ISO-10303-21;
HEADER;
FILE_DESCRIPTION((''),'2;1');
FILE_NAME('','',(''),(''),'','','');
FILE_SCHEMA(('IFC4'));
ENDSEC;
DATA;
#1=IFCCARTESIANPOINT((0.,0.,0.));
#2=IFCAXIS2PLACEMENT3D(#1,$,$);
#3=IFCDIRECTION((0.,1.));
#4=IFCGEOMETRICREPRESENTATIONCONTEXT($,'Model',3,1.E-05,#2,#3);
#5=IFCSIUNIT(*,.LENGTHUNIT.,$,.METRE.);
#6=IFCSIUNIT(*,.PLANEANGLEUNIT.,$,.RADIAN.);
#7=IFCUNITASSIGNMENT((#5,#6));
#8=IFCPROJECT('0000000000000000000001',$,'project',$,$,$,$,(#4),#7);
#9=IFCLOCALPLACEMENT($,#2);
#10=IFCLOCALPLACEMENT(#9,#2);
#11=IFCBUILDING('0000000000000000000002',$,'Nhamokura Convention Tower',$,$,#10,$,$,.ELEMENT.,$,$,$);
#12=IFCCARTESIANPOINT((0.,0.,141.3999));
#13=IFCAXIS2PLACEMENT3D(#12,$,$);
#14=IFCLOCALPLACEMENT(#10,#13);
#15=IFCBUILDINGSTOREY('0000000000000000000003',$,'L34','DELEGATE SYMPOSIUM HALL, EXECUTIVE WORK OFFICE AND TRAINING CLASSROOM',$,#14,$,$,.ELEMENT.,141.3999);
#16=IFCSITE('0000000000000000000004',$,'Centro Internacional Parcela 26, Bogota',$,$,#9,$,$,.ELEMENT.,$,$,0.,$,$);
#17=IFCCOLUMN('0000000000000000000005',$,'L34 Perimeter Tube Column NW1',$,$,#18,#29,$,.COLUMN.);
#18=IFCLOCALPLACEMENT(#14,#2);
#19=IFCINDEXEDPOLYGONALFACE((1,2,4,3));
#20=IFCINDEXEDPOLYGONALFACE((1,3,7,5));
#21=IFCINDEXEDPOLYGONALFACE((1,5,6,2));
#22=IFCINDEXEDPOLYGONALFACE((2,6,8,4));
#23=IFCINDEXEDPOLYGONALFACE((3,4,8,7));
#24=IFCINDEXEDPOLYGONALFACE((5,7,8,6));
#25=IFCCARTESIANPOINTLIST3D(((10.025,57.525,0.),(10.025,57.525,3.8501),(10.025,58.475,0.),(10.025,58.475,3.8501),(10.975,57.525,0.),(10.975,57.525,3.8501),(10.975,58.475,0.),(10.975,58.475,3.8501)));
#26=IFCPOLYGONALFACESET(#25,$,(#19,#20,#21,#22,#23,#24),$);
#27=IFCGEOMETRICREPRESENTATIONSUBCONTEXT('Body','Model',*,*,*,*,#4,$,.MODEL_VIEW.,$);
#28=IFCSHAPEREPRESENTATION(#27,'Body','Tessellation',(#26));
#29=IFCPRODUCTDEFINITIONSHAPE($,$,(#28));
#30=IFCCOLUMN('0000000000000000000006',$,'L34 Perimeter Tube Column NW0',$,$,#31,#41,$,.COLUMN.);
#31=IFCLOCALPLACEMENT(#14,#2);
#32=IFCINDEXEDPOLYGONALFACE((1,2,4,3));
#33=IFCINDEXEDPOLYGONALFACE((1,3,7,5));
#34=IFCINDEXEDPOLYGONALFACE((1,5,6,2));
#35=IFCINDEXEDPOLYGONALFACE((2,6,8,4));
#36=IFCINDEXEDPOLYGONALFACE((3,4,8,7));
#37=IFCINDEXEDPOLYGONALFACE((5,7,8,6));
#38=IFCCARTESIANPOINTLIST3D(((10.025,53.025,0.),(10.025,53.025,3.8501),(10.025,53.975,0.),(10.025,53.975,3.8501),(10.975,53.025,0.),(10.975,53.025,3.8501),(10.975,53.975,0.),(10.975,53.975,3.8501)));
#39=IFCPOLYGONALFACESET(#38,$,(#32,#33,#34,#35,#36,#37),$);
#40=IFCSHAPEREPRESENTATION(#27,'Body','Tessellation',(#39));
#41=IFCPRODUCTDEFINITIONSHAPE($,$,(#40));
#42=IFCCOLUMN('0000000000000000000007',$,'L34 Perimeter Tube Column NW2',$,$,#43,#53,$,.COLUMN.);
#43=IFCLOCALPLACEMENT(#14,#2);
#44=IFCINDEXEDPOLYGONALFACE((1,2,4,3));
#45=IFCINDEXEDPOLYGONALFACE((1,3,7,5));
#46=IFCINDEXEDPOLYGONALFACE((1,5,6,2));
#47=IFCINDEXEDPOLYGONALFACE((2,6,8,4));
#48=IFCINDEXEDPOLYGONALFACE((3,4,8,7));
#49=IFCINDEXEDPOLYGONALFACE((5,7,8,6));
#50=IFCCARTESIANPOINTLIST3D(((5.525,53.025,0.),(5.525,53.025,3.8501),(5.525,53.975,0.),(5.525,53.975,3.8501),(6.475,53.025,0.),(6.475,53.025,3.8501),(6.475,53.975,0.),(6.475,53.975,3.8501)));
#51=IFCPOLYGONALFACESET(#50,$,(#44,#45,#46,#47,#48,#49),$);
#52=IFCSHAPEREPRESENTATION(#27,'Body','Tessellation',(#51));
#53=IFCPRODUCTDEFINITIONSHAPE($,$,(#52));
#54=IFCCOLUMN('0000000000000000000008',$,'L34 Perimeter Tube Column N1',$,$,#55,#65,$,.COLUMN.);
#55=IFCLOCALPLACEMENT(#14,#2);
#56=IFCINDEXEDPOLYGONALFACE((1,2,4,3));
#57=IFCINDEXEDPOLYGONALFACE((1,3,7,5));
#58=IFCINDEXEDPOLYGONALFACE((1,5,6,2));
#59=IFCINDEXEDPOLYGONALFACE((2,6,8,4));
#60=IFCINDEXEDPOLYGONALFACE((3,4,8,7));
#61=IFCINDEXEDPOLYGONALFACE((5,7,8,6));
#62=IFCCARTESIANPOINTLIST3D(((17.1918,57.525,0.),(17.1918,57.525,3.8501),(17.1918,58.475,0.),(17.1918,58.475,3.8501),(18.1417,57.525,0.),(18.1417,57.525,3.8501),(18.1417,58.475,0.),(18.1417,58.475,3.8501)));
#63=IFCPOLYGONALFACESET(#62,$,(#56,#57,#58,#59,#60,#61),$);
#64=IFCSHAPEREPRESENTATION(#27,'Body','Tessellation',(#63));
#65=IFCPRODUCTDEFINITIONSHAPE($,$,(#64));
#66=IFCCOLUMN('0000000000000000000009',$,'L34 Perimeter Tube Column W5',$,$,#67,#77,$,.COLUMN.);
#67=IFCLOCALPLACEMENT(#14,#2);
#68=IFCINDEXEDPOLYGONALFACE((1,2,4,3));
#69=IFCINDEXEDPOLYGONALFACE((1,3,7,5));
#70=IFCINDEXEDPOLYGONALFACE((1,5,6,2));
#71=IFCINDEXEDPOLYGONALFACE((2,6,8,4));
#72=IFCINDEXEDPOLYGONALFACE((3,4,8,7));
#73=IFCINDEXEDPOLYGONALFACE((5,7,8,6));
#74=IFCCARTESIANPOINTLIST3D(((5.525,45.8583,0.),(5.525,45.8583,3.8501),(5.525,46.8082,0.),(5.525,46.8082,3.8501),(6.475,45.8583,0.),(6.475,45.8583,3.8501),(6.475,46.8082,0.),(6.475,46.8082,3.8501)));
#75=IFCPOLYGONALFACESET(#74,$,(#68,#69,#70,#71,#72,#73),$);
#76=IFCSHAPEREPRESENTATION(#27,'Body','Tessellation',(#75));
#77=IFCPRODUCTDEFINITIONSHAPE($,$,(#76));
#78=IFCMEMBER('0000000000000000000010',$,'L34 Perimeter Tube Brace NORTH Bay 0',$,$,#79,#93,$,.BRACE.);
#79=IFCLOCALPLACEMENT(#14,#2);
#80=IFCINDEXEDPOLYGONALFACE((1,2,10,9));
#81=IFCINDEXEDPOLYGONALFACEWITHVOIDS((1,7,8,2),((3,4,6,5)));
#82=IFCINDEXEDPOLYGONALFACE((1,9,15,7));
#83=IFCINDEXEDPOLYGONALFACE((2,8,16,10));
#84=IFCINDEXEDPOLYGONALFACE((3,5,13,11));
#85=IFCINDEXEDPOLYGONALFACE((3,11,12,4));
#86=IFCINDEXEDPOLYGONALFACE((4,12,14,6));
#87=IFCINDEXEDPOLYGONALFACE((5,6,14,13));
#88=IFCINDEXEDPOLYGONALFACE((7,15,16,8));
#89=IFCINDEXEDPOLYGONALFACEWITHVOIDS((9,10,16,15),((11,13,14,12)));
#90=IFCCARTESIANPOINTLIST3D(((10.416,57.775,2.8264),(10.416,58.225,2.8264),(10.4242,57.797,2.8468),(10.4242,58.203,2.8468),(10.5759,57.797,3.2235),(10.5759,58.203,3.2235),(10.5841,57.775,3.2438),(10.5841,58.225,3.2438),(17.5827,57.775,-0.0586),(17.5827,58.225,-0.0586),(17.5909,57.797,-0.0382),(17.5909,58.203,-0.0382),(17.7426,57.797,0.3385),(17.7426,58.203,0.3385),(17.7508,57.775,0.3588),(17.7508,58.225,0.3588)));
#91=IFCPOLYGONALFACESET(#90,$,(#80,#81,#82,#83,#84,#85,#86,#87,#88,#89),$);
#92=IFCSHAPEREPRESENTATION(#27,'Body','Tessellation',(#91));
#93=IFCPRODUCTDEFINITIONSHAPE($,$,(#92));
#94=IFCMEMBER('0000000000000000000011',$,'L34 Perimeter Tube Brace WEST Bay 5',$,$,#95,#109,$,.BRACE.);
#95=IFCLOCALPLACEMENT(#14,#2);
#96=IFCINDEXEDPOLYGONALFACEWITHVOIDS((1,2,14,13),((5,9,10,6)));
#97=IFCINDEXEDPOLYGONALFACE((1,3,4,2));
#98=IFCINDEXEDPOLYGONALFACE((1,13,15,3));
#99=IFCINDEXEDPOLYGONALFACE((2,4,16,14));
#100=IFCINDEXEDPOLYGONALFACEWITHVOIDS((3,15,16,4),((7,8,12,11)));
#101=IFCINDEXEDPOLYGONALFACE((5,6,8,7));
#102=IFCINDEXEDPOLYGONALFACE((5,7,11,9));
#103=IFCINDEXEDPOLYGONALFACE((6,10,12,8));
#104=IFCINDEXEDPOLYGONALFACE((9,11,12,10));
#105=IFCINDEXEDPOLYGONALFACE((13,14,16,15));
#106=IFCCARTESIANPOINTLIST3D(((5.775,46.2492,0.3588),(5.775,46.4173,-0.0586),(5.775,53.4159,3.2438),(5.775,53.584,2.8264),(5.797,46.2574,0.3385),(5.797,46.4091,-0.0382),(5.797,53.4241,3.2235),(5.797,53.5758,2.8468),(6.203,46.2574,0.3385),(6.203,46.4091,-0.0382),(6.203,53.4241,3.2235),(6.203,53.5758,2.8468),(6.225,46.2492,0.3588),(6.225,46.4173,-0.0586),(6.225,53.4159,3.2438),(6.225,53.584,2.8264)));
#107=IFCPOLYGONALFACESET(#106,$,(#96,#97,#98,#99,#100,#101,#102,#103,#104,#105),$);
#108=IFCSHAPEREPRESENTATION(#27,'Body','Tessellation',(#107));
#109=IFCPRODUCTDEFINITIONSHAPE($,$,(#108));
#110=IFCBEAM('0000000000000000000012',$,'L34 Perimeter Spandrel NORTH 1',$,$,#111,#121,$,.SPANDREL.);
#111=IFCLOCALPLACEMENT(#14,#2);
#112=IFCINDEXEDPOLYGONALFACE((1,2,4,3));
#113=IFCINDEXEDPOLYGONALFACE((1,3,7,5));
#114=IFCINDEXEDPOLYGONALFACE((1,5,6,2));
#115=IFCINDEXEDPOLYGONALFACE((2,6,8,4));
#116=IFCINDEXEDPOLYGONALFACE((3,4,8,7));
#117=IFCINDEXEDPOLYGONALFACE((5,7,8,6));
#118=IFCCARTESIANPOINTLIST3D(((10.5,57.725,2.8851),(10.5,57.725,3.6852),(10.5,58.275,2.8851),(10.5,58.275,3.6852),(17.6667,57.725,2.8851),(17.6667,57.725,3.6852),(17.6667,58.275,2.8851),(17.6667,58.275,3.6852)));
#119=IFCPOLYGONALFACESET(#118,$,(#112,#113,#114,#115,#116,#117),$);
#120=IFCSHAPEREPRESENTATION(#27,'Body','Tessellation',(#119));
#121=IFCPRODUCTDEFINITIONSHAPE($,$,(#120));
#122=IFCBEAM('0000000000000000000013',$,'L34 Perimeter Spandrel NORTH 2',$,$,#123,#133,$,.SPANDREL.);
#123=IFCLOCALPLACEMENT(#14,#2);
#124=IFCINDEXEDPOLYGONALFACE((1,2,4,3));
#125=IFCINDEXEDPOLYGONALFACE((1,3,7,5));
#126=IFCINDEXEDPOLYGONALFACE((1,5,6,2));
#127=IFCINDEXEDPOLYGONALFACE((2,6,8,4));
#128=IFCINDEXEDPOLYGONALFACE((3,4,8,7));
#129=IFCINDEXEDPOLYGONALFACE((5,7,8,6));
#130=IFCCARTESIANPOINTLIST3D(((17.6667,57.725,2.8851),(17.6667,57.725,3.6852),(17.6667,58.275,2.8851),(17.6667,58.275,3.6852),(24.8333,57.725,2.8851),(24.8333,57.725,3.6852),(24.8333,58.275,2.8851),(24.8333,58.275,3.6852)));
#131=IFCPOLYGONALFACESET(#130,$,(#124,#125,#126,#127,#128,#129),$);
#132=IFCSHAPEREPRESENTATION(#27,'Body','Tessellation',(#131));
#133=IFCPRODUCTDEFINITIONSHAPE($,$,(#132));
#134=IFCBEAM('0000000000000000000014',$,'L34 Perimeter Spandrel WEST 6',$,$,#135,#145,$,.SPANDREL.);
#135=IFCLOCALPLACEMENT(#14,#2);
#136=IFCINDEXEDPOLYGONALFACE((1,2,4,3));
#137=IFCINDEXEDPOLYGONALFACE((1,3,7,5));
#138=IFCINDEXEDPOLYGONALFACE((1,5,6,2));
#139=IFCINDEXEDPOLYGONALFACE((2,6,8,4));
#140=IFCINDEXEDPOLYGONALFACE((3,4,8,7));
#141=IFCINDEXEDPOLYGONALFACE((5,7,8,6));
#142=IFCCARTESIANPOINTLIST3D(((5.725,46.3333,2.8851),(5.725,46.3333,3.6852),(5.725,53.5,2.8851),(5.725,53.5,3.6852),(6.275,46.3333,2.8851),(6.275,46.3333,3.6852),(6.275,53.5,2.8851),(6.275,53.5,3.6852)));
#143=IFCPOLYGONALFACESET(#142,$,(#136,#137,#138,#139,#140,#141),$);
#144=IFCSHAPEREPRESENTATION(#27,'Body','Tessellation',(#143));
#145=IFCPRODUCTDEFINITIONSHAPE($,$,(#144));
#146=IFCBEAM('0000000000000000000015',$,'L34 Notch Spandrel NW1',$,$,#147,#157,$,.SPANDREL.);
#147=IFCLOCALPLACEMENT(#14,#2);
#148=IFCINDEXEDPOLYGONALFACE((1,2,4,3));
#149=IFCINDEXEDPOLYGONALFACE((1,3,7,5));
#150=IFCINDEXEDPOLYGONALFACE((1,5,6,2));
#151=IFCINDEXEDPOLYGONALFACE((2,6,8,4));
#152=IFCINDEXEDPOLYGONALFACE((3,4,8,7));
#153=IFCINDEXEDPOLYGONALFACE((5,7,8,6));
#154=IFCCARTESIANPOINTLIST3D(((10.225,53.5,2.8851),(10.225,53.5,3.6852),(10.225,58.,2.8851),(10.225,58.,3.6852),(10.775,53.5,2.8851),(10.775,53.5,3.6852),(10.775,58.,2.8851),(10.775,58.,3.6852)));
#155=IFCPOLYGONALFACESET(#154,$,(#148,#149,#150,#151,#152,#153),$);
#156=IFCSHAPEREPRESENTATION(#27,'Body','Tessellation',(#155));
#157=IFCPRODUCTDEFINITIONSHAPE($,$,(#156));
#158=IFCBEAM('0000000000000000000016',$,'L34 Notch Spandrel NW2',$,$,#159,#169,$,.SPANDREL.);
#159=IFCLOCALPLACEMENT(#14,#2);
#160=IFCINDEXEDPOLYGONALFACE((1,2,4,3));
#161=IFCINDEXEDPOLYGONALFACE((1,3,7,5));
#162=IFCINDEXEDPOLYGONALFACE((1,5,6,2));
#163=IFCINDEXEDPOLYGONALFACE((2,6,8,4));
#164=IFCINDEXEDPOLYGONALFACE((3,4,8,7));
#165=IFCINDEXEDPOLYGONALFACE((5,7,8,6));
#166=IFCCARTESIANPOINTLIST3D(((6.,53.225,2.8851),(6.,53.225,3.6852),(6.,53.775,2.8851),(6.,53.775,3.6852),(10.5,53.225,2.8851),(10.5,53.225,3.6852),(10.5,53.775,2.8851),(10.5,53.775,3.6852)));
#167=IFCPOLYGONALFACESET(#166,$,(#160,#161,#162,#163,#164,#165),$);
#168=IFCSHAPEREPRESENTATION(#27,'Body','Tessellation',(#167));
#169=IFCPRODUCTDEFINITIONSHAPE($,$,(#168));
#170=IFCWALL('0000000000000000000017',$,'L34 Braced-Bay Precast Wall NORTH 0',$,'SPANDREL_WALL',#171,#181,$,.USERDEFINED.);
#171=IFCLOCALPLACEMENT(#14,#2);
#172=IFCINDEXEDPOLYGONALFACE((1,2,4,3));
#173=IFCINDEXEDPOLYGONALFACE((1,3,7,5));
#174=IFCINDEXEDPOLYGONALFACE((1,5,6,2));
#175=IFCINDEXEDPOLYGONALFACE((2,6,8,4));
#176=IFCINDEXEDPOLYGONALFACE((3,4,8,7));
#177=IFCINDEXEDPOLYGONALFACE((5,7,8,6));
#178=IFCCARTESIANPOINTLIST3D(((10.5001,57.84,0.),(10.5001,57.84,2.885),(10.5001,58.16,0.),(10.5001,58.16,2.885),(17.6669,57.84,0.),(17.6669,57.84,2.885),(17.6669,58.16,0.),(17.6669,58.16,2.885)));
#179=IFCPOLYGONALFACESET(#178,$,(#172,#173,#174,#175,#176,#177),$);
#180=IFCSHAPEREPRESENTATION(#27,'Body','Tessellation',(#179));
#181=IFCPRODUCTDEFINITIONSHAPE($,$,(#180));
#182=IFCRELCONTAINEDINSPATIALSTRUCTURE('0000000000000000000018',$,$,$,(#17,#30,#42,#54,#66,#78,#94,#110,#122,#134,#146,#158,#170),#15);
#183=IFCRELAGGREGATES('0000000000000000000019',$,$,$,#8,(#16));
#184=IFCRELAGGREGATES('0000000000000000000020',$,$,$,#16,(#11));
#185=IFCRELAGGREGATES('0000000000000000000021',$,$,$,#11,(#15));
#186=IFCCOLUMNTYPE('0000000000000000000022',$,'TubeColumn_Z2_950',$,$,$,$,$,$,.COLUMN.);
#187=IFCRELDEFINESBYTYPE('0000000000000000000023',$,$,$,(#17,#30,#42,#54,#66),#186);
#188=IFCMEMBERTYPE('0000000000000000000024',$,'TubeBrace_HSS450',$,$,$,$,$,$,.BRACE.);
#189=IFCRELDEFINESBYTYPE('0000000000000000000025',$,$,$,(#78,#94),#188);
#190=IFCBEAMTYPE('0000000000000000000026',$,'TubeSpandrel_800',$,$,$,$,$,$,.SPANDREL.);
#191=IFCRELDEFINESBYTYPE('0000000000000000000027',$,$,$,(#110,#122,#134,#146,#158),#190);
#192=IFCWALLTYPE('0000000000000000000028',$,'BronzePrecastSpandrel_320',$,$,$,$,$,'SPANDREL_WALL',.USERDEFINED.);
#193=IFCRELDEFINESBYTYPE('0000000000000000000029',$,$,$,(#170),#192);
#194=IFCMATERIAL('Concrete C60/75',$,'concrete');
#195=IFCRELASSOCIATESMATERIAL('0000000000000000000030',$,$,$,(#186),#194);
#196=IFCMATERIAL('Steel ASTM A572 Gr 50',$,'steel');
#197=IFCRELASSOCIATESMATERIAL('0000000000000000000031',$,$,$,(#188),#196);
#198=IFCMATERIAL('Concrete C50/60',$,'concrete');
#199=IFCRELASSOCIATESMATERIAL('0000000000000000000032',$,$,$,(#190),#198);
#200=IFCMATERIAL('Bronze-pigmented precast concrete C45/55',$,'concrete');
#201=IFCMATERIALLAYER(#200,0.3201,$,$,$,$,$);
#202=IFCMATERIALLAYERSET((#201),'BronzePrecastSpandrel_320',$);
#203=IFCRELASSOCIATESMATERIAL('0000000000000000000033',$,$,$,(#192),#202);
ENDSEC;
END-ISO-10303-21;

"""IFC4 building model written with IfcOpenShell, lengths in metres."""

from ifc_helpers import new_model, si_unit, direction, frame, frame_2d, origin, origin_2d, place, context, subcontext, project, spatial, rectangle, hollow_rectangle, extrude, material, layer, layer_set, material_profile, profile_set, type_object, element, save


model = new_model("IFC4")

# Units and contexts
model_context = context("Model", 3, precision=1e-05, world=origin(), true_north=direction((0.0, 1.0)))
body_context = subcontext(model_context, "Body", "Model", "MODEL_VIEW")
ifc_project = project(units=[si_unit("LENGTHUNIT", "METRE"), si_unit("PLANEANGLEUNIT", "RADIAN")], contexts=[model_context])

# Site, building, storey
site_placement = place(None, origin())
site = spatial("IfcSite", under=ifc_project, at=site_placement, Name="Centro Internacional Parcela 26, Bogota", CompositionType="ELEMENT", RefElevation=0.0)
building_placement = place(site_placement, origin())
building = spatial("IfcBuilding", under=site, at=building_placement, Name="Nhamokura Convention Tower", CompositionType="ELEMENT")
storey_placement = place(building_placement, frame((0.0, 0.0, 141.3999)))
storey = spatial("IfcBuildingStorey", under=building, at=storey_placement, Name="L34", Description="DELEGATE SYMPOSIUM HALL, EXECUTIVE WORK OFFICE AND TRAINING CLASSROOM", CompositionType="ELEMENT", Elevation=141.3999)

# Columns
ifc_material_1 = material(Name="Concrete C60/75", Category="concrete")
ifc_material_profile_1 = material_profile(ifc_material_1, rectangle(XDim=0.95, YDim=0.95, at=origin_2d()))
ifc_profile_set_1 = profile_set([ifc_material_profile_1], Name="Concrete C60/75")
column_type = type_object("IfcColumnType", Name="TubeColumn_Z2_950", PredefinedType="COLUMN", material=ifc_profile_set_1)
for number, where, z_axis, x_axis, name in (
    (1, (10.5, 58.0, 0.0), (0.0, 0.0, 1.0), (1.0, 0.0, 0.0), "L34 Perimeter Tube Column NW1"),
    (2, (10.5, 53.5, 0.0), (0.0, 0.0, 1.0), (1.0, 0.0, 0.0), "L34 Perimeter Tube Column NW0"),
    (3, (6.0, 53.5, 0.0), (0.0, 0.0, 1.0), (1.0, 0.0, 0.0), "L34 Perimeter Tube Column NW2"),
    (4, (17.6667, 58.0, 0.0), (0.0, 0.0, 1.0), (1.0, 0.0, 0.0), "L34 Perimeter Tube Column N1"),
    (5, (6.0, 46.3333, 0.0), (0.0, 0.0, 1.0), (1.0, 0.0, 0.0), "L34 Perimeter Tube Column W5"),
):
    element("IfcColumn", number, at=place(storey_placement, frame(where, z_axis=z_axis, x_axis=x_axis)), inside=storey, type_object=column_type, Name=name, PredefinedType="COLUMN", context=body_context, shape_type="SweptSolid", body=[
        extrude(rectangle(XDim=0.95, YDim=0.95, at=origin_2d()), origin(), (0.0, 0.0, 1.0), 3.8501),
    ])

# Members
ifc_material_2 = material(Name="Steel ASTM A572 Gr 50", Category="steel")
ifc_material_profile_2 = material_profile(ifc_material_2, hollow_rectangle(XDim=0.45, YDim=0.45, WallThickness=0.022, at=origin_2d()))
ifc_profile_set_2 = profile_set([ifc_material_profile_2], Name="Steel ASTM A572 Gr 50")
member_type = type_object("IfcMemberType", Name="TubeBrace_HSS450", PredefinedType="BRACE", material=ifc_profile_set_2)
for number, where, z_axis, x_axis, name in (
    (6, (17.6667, 58.0, 0.1501), (-0.927657, 0.0, 0.373433), (0.0, -1.0, 0.0), "L34 Perimeter Tube Brace NORTH Bay 0"),
    (7, (6.0, 46.3333, 0.1501), (0.0, 0.927657, 0.373433), (-1.0, 0.0, 0.0), "L34 Perimeter Tube Brace WEST Bay 5"),
):
    element("IfcMember", number, at=place(storey_placement, frame(where, z_axis=z_axis, x_axis=x_axis)), inside=storey, type_object=member_type, Name=name, PredefinedType="BRACE", context=body_context, shape_type="SweptSolid", body=[
        extrude(hollow_rectangle(XDim=0.45, YDim=0.45, WallThickness=0.022, at=origin_2d()), origin(), (0.0, 0.0, 1.0), 7.7256),
    ])

# Beams
ifc_material_3 = material(Name="Concrete C50/60", Category="concrete")
ifc_material_profile_3 = material_profile(ifc_material_3, rectangle(XDim=0.55, YDim=0.8, at=origin_2d()))
ifc_profile_set_3 = profile_set([ifc_material_profile_3], Name="Concrete C50/60")
beam_type = type_object("IfcBeamType", Name="TubeSpandrel_800", PredefinedType="SPANDREL", material=ifc_profile_set_3)
beam_1_placement = place(storey_placement, frame((10.5, 58.0, 3.2852), z_axis=(1.0, 0.0, 0.0), x_axis=(0.0, 1.0, 0.0)))
element("IfcBeam", 8, at=beam_1_placement, inside=storey, type_object=beam_type, Name="L34 Perimeter Spandrel NORTH 1", PredefinedType="SPANDREL", context=body_context, shape_type="SweptSolid", body=[
    extrude(rectangle(XDim=0.55, YDim=0.8, at=origin_2d()), origin(), (0.0, 0.0, 1.0), 7.1667),
])
beam_2_placement = place(storey_placement, frame((17.6667, 58.0, 3.2852), z_axis=(1.0, 0.0, 0.0), x_axis=(0.0, 1.0, 0.0)))
element("IfcBeam", 9, at=beam_2_placement, inside=storey, type_object=beam_type, Name="L34 Perimeter Spandrel NORTH 2", PredefinedType="SPANDREL", context=body_context, shape_type="SweptSolid", body=[
    extrude(rectangle(XDim=0.55, YDim=0.8, at=origin_2d()), origin(), (0.0, 0.0, 1.0), 7.1665),
])
beam_3_placement = place(storey_placement, frame((6.0, 46.3333, 3.2852), z_axis=(0.0, 1.0, 0.0), x_axis=(-1.0, 0.0, 0.0)))
element("IfcBeam", 10, at=beam_3_placement, inside=storey, type_object=beam_type, Name="L34 Perimeter Spandrel WEST 6", PredefinedType="SPANDREL", context=body_context, shape_type="SweptSolid", body=[
    extrude(rectangle(XDim=0.55, YDim=0.8, at=origin_2d()), origin(), (0.0, 0.0, 1.0), 7.1667),
])
for number, where, z_axis, x_axis, name in (
    (11, (10.5, 58.0, 3.2852), (0.0, -1.0, 0.0), (1.0, 0.0, 0.0), "L34 Notch Spandrel NW1"),
    (12, (10.5, 53.5, 3.2852), (-1.0, 0.0, 0.0), (0.0, -1.0, 0.0), "L34 Notch Spandrel NW2"),
):
    element("IfcBeam", number, at=place(storey_placement, frame(where, z_axis=z_axis, x_axis=x_axis)), inside=storey, type_object=beam_type, Name=name, PredefinedType="SPANDREL", context=body_context, shape_type="SweptSolid", body=[
        extrude(rectangle(XDim=0.55, YDim=0.8, at=origin_2d()), origin(), (0.0, 0.0, 1.0), 4.5),
    ])

# Wall
ifc_material_4 = material(Name="Bronze-pigmented precast concrete C45/55", Category="concrete")
ifc_layer = layer(ifc_material_4, 0.3201)
ifc_layer_set = layer_set([ifc_layer], Name="BronzePrecastSpandrel_320")
wall_type = type_object("IfcWallType", Name="BronzePrecastSpandrel_320", ElementType="SPANDREL_WALL", PredefinedType="USERDEFINED", material=ifc_layer_set)
wall_1_placement = place(storey_placement, frame((10.5, 58.0, 0.0), z_axis=(0.0, 0.0, 1.0), x_axis=(1.0, 0.0, 0.0)))
element("IfcWall", 13, at=wall_1_placement, inside=storey, type_object=wall_type, Name="L34 Braced-Bay Precast Wall NORTH 0", ObjectType="SPANDREL_WALL", PredefinedType="USERDEFINED", context=body_context, shape_type="SweptSolid", body=[
    extrude(rectangle(XDim=7.1667, YDim=0.3201, at=frame_2d((3.5835, 0.0))), origin(), (0.0, 0.0, 1.0), 2.885),
])

save(model, "model.ifc")
